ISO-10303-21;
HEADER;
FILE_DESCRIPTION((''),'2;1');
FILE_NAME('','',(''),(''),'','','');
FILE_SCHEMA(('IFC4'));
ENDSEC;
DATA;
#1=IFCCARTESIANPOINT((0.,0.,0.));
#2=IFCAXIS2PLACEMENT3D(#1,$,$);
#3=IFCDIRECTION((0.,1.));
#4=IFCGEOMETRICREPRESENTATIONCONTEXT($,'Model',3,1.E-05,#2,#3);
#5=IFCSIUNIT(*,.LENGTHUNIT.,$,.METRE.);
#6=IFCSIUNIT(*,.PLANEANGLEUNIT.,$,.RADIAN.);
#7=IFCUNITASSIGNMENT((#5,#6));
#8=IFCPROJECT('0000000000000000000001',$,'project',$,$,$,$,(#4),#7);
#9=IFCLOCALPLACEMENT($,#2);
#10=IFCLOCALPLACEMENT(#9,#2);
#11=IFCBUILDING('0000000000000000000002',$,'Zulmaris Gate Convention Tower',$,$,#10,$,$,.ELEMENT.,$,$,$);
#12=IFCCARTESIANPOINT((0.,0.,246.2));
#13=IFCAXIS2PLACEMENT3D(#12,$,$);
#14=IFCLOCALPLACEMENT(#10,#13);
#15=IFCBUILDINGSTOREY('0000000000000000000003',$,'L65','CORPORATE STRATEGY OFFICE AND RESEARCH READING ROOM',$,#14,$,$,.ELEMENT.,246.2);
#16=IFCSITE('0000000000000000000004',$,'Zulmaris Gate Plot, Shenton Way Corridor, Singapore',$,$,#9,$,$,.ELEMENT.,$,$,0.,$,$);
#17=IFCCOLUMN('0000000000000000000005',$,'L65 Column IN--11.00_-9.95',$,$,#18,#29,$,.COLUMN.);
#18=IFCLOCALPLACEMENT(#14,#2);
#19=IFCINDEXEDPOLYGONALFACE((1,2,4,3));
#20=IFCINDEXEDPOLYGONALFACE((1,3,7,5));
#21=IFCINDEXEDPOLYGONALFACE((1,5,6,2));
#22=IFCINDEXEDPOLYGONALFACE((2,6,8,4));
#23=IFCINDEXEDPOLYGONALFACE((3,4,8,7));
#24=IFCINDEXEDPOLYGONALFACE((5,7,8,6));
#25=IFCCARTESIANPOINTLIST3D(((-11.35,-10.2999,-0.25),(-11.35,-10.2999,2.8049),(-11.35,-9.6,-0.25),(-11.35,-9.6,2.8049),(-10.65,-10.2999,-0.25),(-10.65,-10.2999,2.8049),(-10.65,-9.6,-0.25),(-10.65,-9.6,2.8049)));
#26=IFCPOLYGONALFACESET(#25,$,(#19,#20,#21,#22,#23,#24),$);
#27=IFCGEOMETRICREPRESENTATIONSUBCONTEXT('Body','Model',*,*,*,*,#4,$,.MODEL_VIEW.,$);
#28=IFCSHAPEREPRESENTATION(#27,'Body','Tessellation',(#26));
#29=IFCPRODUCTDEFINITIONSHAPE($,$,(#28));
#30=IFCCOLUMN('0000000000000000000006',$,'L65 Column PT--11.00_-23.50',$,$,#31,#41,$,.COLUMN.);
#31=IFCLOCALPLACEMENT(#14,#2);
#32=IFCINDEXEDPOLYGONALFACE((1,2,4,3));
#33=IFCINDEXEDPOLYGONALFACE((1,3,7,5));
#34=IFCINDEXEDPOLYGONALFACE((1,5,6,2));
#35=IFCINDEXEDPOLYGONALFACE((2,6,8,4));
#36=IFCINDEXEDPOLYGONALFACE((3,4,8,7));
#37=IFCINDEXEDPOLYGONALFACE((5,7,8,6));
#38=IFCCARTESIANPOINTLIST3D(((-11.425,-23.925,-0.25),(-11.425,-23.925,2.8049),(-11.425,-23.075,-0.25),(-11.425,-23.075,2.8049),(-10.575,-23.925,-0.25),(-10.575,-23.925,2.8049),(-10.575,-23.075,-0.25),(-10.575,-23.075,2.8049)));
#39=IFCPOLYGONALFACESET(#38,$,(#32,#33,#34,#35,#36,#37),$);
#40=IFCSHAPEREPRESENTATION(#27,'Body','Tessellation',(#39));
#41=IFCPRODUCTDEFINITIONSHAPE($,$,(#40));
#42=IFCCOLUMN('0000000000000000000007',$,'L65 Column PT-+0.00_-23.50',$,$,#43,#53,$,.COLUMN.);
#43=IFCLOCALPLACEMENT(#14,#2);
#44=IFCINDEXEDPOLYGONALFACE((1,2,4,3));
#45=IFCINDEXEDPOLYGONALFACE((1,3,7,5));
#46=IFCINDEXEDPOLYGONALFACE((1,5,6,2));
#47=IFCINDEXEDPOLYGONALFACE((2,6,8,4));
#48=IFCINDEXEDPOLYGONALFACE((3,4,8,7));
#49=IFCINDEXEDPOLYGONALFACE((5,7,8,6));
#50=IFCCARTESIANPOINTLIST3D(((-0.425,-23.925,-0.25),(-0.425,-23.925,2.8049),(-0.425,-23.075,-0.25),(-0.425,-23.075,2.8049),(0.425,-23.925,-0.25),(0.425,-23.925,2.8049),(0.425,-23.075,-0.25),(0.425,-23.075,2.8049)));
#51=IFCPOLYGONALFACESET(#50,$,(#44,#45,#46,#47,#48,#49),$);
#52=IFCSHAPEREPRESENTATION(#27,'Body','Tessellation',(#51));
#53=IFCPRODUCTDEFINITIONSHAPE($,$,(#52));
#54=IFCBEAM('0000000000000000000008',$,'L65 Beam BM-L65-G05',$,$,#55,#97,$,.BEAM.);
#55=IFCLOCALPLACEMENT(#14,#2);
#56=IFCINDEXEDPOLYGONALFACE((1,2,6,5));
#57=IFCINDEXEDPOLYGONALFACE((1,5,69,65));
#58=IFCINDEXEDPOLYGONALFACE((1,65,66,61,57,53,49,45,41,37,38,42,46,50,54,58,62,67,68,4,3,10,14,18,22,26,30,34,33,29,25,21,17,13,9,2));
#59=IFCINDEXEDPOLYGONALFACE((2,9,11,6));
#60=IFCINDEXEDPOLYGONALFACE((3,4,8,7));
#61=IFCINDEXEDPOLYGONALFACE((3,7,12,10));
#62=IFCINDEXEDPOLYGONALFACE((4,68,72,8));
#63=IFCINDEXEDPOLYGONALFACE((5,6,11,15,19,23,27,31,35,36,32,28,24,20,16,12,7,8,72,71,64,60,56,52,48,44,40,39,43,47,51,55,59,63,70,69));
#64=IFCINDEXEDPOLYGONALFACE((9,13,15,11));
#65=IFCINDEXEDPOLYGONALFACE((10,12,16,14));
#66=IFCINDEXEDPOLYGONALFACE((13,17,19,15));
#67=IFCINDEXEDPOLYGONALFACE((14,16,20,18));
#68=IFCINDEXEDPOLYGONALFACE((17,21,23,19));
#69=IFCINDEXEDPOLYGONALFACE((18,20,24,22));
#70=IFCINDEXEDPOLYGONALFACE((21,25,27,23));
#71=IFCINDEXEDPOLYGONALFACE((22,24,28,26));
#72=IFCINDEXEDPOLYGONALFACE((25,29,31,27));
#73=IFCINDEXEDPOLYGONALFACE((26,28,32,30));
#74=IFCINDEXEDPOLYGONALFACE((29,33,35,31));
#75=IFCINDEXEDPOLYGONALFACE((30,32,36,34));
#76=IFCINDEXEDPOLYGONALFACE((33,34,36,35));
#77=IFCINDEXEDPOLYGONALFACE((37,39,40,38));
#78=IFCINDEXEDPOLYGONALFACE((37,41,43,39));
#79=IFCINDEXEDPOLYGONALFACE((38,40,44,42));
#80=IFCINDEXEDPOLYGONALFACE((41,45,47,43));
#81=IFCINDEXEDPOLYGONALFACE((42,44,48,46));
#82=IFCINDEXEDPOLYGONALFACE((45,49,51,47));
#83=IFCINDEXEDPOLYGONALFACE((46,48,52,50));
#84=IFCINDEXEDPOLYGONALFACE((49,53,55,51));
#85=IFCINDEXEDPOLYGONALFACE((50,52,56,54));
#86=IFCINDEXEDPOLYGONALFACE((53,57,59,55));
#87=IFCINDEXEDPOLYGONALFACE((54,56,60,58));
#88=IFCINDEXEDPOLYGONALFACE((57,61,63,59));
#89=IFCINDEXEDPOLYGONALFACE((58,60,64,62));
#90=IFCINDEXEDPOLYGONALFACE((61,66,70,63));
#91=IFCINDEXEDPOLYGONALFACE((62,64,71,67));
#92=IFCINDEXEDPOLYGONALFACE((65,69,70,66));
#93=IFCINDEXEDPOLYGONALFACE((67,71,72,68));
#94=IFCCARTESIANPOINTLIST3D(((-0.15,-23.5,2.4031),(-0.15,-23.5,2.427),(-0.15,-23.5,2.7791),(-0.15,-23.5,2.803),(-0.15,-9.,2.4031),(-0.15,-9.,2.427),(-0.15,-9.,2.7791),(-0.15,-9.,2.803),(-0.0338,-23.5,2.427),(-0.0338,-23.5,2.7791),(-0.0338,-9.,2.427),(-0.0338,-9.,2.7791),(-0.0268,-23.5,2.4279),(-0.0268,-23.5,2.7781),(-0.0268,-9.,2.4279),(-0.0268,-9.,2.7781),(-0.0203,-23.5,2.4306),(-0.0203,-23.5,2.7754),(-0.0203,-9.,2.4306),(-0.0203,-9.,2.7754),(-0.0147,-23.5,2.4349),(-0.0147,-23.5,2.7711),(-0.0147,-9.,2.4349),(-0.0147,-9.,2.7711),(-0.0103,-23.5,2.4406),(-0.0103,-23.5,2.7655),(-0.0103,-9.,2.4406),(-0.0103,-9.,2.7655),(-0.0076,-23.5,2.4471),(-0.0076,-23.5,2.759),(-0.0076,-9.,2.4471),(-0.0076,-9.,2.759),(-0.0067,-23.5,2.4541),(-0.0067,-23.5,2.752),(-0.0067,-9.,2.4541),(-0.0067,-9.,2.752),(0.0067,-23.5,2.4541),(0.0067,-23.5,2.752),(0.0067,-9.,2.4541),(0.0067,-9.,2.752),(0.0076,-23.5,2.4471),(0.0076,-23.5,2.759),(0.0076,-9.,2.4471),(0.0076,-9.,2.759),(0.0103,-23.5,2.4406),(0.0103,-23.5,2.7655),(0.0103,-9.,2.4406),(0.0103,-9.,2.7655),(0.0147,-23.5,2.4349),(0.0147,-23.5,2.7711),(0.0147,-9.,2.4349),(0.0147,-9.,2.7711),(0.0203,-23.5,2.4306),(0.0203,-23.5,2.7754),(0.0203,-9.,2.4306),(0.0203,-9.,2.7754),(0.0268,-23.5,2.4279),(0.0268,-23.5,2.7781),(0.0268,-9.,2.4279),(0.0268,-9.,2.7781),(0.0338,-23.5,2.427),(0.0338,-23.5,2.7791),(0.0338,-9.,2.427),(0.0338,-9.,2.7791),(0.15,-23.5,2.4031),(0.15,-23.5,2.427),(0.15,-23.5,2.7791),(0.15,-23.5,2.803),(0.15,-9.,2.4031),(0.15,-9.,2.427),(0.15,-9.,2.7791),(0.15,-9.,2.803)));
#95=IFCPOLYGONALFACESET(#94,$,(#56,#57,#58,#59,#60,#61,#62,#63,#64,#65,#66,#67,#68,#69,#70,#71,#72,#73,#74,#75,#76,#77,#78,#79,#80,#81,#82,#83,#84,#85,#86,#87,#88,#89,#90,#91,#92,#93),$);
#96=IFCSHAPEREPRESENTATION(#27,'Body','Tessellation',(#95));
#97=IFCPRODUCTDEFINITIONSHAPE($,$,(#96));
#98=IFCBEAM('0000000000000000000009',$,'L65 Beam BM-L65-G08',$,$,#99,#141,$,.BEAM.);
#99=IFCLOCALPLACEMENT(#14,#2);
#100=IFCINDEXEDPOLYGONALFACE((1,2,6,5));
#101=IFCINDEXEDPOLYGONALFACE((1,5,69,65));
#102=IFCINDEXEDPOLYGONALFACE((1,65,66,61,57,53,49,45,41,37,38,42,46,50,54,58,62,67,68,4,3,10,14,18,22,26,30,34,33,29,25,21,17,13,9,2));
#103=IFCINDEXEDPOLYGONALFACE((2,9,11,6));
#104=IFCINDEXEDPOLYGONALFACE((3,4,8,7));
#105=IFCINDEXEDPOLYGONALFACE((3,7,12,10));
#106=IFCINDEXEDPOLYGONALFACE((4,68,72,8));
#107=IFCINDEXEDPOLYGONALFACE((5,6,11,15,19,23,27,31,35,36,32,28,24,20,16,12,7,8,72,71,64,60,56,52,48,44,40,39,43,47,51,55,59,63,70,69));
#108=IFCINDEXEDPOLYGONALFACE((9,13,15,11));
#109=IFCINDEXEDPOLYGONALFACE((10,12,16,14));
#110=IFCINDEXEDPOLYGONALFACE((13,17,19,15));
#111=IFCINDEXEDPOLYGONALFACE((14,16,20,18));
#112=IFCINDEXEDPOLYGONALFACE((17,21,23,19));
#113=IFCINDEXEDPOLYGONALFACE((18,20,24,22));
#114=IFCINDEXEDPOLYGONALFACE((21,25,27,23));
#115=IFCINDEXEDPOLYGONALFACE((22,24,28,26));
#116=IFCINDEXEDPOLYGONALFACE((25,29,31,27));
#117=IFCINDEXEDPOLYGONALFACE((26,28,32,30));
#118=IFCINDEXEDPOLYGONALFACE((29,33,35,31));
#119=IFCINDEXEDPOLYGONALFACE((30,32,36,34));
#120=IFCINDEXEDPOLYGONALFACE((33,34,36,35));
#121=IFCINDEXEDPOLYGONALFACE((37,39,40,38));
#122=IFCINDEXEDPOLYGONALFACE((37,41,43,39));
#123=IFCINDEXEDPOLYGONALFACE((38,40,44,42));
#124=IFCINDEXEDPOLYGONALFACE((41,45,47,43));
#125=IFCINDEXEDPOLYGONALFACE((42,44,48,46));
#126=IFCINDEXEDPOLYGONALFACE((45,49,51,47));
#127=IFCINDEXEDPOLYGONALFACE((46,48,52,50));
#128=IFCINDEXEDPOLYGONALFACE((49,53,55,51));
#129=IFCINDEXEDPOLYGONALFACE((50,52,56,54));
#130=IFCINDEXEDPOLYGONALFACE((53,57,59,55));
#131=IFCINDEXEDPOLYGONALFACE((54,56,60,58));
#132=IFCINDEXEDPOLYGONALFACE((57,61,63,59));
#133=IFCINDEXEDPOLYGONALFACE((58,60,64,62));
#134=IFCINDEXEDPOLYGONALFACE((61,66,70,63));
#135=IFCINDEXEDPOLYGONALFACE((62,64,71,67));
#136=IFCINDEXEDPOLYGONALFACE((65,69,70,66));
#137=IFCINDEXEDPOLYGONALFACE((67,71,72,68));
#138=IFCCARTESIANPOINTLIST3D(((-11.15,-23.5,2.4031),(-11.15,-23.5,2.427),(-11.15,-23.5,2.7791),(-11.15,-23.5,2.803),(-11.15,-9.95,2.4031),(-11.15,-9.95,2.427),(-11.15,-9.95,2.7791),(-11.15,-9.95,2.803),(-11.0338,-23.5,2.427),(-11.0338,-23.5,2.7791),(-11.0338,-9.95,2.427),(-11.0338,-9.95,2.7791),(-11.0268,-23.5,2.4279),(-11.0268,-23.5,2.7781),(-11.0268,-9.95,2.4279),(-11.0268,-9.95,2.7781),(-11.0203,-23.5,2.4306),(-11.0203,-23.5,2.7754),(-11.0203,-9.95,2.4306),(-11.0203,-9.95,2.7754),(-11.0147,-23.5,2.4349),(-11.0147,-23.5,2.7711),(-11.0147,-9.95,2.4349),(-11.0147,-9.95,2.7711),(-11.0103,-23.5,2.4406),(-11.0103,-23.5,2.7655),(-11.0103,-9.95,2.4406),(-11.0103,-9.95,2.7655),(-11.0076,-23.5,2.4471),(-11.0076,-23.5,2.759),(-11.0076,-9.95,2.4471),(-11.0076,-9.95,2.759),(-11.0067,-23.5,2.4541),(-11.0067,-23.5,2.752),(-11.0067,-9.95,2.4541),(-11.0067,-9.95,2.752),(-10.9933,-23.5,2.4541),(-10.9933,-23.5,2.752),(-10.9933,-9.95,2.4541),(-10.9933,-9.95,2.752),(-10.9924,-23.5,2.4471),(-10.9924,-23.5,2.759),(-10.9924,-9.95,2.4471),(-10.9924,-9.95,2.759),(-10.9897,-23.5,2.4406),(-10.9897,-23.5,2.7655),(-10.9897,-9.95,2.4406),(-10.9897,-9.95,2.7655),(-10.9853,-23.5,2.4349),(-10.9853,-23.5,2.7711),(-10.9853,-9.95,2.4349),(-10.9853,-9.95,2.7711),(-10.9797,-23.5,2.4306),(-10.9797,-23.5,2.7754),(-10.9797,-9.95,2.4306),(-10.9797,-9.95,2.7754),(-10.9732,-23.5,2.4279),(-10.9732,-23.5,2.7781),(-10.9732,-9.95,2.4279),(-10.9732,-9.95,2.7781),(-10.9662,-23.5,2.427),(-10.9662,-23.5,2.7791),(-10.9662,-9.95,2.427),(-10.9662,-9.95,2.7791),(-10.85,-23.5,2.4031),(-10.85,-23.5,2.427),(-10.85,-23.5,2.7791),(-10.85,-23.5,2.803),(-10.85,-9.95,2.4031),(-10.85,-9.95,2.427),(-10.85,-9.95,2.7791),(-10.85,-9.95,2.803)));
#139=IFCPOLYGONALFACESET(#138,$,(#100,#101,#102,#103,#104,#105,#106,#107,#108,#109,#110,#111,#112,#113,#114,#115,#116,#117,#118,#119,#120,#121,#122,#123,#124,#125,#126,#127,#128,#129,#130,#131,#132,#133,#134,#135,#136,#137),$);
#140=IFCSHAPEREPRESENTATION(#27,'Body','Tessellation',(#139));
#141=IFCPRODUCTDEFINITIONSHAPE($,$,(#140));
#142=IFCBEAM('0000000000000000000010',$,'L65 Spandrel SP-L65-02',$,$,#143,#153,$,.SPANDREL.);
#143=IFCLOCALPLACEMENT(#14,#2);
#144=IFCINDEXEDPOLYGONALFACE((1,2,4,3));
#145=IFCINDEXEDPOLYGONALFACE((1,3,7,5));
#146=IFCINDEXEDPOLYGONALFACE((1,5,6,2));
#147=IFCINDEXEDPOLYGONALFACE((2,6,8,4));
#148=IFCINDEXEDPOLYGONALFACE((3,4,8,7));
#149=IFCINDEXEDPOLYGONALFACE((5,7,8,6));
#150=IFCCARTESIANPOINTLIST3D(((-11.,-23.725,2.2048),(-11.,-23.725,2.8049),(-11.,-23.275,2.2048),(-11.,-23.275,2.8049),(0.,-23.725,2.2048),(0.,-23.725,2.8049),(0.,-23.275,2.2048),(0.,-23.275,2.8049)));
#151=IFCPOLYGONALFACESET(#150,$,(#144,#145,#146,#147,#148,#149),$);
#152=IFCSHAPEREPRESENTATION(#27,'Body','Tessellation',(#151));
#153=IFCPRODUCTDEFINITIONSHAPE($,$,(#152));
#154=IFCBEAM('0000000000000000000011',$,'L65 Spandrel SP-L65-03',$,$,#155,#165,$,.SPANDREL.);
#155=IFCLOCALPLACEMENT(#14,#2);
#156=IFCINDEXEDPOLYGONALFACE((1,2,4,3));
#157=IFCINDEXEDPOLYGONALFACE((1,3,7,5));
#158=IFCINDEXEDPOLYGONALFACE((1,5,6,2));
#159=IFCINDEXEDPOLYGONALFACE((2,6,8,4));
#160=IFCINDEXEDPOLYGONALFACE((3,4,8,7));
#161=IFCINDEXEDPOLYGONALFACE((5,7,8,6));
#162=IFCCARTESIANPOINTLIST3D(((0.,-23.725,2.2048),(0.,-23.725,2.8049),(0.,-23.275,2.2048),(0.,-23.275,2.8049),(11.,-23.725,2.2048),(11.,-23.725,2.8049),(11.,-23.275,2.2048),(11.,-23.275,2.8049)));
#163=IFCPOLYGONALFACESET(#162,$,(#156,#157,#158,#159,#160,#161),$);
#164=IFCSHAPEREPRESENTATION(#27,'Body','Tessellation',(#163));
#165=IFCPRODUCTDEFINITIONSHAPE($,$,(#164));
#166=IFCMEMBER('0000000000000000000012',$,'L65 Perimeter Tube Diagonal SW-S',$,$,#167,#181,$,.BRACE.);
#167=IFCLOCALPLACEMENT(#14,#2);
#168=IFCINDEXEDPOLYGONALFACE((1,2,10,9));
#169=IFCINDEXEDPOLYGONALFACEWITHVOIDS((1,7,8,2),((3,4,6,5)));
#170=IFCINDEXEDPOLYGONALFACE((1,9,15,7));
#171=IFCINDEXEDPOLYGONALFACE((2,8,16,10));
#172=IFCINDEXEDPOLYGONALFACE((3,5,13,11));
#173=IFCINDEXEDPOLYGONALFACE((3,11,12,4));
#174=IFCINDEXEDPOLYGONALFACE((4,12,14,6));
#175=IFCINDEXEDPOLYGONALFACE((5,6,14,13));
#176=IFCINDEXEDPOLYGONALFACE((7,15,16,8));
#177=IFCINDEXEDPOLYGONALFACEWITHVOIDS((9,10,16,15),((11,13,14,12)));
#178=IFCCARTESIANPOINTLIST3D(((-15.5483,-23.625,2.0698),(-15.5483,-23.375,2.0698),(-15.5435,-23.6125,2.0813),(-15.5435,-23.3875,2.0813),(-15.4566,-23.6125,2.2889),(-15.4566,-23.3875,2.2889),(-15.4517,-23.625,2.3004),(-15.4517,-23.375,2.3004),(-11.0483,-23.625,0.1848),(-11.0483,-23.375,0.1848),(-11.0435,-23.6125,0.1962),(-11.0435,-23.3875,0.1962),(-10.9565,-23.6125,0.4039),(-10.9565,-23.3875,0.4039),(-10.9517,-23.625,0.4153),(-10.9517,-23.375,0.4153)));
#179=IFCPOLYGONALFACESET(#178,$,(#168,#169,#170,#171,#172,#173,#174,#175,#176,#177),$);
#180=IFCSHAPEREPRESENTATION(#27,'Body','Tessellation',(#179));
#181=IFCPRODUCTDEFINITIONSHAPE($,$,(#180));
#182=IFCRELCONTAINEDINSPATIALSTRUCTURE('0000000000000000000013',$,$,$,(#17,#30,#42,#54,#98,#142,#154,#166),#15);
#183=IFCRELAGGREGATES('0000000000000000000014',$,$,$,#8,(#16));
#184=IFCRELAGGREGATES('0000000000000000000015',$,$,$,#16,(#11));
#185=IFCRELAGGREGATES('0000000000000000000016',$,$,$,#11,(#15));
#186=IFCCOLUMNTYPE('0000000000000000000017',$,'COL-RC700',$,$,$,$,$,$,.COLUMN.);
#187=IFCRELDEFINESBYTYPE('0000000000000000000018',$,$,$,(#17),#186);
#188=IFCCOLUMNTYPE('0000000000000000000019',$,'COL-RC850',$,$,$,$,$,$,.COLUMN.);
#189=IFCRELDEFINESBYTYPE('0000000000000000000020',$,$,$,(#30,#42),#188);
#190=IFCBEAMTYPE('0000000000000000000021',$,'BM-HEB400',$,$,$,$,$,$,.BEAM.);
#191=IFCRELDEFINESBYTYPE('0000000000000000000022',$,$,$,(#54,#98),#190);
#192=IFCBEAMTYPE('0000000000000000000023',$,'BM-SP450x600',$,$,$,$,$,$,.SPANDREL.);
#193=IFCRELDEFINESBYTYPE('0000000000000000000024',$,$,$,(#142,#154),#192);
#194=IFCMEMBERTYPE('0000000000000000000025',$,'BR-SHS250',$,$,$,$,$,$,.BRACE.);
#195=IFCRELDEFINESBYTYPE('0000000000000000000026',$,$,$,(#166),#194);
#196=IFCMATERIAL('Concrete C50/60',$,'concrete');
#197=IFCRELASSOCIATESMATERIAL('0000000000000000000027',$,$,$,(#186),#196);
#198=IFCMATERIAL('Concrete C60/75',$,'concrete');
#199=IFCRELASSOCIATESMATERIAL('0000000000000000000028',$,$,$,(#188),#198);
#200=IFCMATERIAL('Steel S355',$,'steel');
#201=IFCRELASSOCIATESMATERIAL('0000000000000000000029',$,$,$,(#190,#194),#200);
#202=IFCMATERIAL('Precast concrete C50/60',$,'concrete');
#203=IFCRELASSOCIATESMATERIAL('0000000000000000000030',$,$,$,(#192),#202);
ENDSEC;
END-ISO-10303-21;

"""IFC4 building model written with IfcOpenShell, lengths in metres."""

from ifc_helpers import new_model, si_unit, direction, frame, origin, origin_2d, place, context, subcontext, project, spatial, rectangle, hollow_rectangle, i_section, extrude, material, material_profile, profile_set, type_object, element, save


model = new_model("IFC4")

# Units and contexts
model_context = context("Model", 3, precision=1e-05, world=origin(), true_north=direction((0.0, 1.0)))
body_context = subcontext(model_context, "Body", "Model", "MODEL_VIEW")
ifc_project = project(units=[si_unit("LENGTHUNIT", "METRE"), si_unit("PLANEANGLEUNIT", "RADIAN")], contexts=[model_context])

# Site, building, storey
site_placement = place(None, origin())
site = spatial("IfcSite", under=ifc_project, at=site_placement, Name="Zulmaris Gate Plot, Shenton Way Corridor, Singapore", CompositionType="ELEMENT", RefElevation=0.0)
building_placement = place(site_placement, origin())
building = spatial("IfcBuilding", under=site, at=building_placement, Name="Zulmaris Gate Convention Tower", CompositionType="ELEMENT")
storey_placement = place(building_placement, frame((0.0, 0.0, 246.2)))
storey = spatial("IfcBuildingStorey", under=building, at=storey_placement, Name="L65", Description="CORPORATE STRATEGY OFFICE AND RESEARCH READING ROOM", CompositionType="ELEMENT", Elevation=246.2)

# Columns
ifc_material_1 = material(Name="Concrete C50/60", Category="concrete")
ifc_material_profile_1 = material_profile(ifc_material_1, rectangle(XDim=0.7, YDim=0.7, at=origin_2d()), Name="RC COL 700x700")
ifc_profile_set_1 = profile_set([ifc_material_profile_1], Name="Concrete C50/60")
column_type_1 = type_object("IfcColumnType", Name="COL-RC700", PredefinedType="COLUMN", material=ifc_profile_set_1)
column_placement = place(storey_placement, frame((-11.0, -9.95, -0.25), z_axis=(0.0, 0.0, 1.0), x_axis=(1.0, 0.0, 0.0)))
element("IfcColumn", 1, at=column_placement, inside=storey, type_object=column_type_1, Name="L65 Column IN--11.00_-9.95", PredefinedType="COLUMN", context=body_context, shape_type="SweptSolid", body=[
    extrude(rectangle(XDim=0.7, YDim=0.7, at=origin_2d()), origin(), (0.0, 0.0, 1.0), 3.0549),
])
ifc_material_2 = material(Name="Concrete C60/75", Category="concrete")
ifc_material_profile_2 = material_profile(ifc_material_2, rectangle(XDim=0.8501, YDim=0.8501, at=origin_2d()), Name="RC COL 850x850")
ifc_profile_set_2 = profile_set([ifc_material_profile_2], Name="Concrete C60/75")
column_type_2 = type_object("IfcColumnType", Name="COL-RC850", PredefinedType="COLUMN", material=ifc_profile_set_2)
for number, where, z_axis, x_axis, name in (
    (2, (-11.0, -23.5, -0.25), (0.0, 0.0, 1.0), (1.0, 0.0, 0.0), "L65 Column PT--11.00_-23.50"),
    (3, (0.0, -23.5, -0.25), (0.0, 0.0, 1.0), (1.0, 0.0, 0.0), "L65 Column PT-+0.00_-23.50"),
):
    element("IfcColumn", number, at=place(storey_placement, frame(where, z_axis=z_axis, x_axis=x_axis)), inside=storey, type_object=column_type_2, Name=name, PredefinedType="COLUMN", context=body_context, shape_type="SweptSolid", body=[
        extrude(rectangle(XDim=0.8501, YDim=0.8501, at=origin_2d()), origin(), (0.0, 0.0, 1.0), 3.0549),
    ])

# Beams
ifc_material_3 = material(Name="Steel S355", Category="steel")
ifc_material_profile_3 = material_profile(ifc_material_3, i_section(OverallWidth=0.3, OverallDepth=0.3999, WebThickness=0.0134, FlangeThickness=0.0239, FilletRadius=0.0271, at=origin_2d()), Name="HEB 400")
ifc_profile_set_3 = profile_set([ifc_material_profile_3], Name="Steel S355")
beam_type_1 = type_object("IfcBeamType", Name="BM-HEB400", PredefinedType="BEAM", material=ifc_profile_set_3)
beam_1_placement = place(storey_placement, frame((0.0, -23.5, 2.603), z_axis=(0.0, 1.0, 0.0), x_axis=(-1.0, 0.0, 0.0)))
element("IfcBeam", 4, at=beam_1_placement, inside=storey, type_object=beam_type_1, Name="L65 Beam BM-L65-G05", PredefinedType="BEAM", context=body_context, shape_type="SweptSolid", body=[
    extrude(i_section(OverallWidth=0.3, OverallDepth=0.3999, WebThickness=0.0134, FlangeThickness=0.0239, FilletRadius=0.0271, at=origin_2d()), origin(), (0.0, 0.0, 1.0), 14.5),
])
beam_2_placement = place(storey_placement, frame((-11.0, -23.5, 2.603), z_axis=(0.0, 1.0, 0.0), x_axis=(-1.0, 0.0, 0.0)))
element("IfcBeam", 5, at=beam_2_placement, inside=storey, type_object=beam_type_1, Name="L65 Beam BM-L65-G08", PredefinedType="BEAM", context=body_context, shape_type="SweptSolid", body=[
    extrude(i_section(OverallWidth=0.3, OverallDepth=0.3999, WebThickness=0.0134, FlangeThickness=0.0239, FilletRadius=0.0271, at=origin_2d()), origin(), (0.0, 0.0, 1.0), 13.55),
])
ifc_material_4 = material(Name="Precast concrete C50/60", Category="concrete")
ifc_material_profile_4 = material_profile(ifc_material_4, rectangle(XDim=0.45, YDim=0.6001, at=origin_2d()), Name="RC SPANDREL 450x600")
ifc_profile_set_4 = profile_set([ifc_material_profile_4], Name="Precast concrete C50/60")
beam_type_2 = type_object("IfcBeamType", Name="BM-SP450x600", PredefinedType="SPANDREL", material=ifc_profile_set_4)
for number, where, z_axis, x_axis, name in (
    (6, (-11.0, -23.5, 2.5049), (1.0, 0.0, 0.0), (0.0, 1.0, 0.0), "L65 Spandrel SP-L65-02"),
    (7, (0.0, -23.5, 2.5049), (1.0, 0.0, 0.0), (0.0, 1.0, 0.0), "L65 Spandrel SP-L65-03"),
):
    element("IfcBeam", number, at=place(storey_placement, frame(where, z_axis=z_axis, x_axis=x_axis)), inside=storey, type_object=beam_type_2, Name=name, PredefinedType="SPANDREL", context=body_context, shape_type="SweptSolid", body=[
        extrude(rectangle(XDim=0.45, YDim=0.6001, at=origin_2d()), origin(), (0.0, 0.0, 1.0), 11.0),
    ])

# Member
ifc_material_profile_5 = material_profile(ifc_material_3, hollow_rectangle(XDim=0.25, YDim=0.25, WallThickness=0.0125, at=origin_2d()), Name="SHS 250x250x12.5")
ifc_profile_set_5 = profile_set([ifc_material_profile_5], Name="Steel S355")
member_type = type_object("IfcMemberType", Name="BR-SHS250", PredefinedType="BRACE", material=ifc_profile_set_5)
member_placement = place(storey_placement, frame((-11.0, -23.5, 0.3), z_axis=(-0.922347, 0.0, 0.386363), x_axis=(0.0, -1.0, 0.0)))
element("IfcMember", 8, at=member_placement, inside=storey, type_object=member_type, Name="L65 Perimeter Tube Diagonal SW-S", PredefinedType="BRACE", context=body_context, shape_type="SweptSolid", body=[
    extrude(hollow_rectangle(XDim=0.25, YDim=0.25, WallThickness=0.0125, at=origin_2d()), origin(), (0.0, 0.0, 1.0), 4.8789),
])

save(model, "model.ifc")
